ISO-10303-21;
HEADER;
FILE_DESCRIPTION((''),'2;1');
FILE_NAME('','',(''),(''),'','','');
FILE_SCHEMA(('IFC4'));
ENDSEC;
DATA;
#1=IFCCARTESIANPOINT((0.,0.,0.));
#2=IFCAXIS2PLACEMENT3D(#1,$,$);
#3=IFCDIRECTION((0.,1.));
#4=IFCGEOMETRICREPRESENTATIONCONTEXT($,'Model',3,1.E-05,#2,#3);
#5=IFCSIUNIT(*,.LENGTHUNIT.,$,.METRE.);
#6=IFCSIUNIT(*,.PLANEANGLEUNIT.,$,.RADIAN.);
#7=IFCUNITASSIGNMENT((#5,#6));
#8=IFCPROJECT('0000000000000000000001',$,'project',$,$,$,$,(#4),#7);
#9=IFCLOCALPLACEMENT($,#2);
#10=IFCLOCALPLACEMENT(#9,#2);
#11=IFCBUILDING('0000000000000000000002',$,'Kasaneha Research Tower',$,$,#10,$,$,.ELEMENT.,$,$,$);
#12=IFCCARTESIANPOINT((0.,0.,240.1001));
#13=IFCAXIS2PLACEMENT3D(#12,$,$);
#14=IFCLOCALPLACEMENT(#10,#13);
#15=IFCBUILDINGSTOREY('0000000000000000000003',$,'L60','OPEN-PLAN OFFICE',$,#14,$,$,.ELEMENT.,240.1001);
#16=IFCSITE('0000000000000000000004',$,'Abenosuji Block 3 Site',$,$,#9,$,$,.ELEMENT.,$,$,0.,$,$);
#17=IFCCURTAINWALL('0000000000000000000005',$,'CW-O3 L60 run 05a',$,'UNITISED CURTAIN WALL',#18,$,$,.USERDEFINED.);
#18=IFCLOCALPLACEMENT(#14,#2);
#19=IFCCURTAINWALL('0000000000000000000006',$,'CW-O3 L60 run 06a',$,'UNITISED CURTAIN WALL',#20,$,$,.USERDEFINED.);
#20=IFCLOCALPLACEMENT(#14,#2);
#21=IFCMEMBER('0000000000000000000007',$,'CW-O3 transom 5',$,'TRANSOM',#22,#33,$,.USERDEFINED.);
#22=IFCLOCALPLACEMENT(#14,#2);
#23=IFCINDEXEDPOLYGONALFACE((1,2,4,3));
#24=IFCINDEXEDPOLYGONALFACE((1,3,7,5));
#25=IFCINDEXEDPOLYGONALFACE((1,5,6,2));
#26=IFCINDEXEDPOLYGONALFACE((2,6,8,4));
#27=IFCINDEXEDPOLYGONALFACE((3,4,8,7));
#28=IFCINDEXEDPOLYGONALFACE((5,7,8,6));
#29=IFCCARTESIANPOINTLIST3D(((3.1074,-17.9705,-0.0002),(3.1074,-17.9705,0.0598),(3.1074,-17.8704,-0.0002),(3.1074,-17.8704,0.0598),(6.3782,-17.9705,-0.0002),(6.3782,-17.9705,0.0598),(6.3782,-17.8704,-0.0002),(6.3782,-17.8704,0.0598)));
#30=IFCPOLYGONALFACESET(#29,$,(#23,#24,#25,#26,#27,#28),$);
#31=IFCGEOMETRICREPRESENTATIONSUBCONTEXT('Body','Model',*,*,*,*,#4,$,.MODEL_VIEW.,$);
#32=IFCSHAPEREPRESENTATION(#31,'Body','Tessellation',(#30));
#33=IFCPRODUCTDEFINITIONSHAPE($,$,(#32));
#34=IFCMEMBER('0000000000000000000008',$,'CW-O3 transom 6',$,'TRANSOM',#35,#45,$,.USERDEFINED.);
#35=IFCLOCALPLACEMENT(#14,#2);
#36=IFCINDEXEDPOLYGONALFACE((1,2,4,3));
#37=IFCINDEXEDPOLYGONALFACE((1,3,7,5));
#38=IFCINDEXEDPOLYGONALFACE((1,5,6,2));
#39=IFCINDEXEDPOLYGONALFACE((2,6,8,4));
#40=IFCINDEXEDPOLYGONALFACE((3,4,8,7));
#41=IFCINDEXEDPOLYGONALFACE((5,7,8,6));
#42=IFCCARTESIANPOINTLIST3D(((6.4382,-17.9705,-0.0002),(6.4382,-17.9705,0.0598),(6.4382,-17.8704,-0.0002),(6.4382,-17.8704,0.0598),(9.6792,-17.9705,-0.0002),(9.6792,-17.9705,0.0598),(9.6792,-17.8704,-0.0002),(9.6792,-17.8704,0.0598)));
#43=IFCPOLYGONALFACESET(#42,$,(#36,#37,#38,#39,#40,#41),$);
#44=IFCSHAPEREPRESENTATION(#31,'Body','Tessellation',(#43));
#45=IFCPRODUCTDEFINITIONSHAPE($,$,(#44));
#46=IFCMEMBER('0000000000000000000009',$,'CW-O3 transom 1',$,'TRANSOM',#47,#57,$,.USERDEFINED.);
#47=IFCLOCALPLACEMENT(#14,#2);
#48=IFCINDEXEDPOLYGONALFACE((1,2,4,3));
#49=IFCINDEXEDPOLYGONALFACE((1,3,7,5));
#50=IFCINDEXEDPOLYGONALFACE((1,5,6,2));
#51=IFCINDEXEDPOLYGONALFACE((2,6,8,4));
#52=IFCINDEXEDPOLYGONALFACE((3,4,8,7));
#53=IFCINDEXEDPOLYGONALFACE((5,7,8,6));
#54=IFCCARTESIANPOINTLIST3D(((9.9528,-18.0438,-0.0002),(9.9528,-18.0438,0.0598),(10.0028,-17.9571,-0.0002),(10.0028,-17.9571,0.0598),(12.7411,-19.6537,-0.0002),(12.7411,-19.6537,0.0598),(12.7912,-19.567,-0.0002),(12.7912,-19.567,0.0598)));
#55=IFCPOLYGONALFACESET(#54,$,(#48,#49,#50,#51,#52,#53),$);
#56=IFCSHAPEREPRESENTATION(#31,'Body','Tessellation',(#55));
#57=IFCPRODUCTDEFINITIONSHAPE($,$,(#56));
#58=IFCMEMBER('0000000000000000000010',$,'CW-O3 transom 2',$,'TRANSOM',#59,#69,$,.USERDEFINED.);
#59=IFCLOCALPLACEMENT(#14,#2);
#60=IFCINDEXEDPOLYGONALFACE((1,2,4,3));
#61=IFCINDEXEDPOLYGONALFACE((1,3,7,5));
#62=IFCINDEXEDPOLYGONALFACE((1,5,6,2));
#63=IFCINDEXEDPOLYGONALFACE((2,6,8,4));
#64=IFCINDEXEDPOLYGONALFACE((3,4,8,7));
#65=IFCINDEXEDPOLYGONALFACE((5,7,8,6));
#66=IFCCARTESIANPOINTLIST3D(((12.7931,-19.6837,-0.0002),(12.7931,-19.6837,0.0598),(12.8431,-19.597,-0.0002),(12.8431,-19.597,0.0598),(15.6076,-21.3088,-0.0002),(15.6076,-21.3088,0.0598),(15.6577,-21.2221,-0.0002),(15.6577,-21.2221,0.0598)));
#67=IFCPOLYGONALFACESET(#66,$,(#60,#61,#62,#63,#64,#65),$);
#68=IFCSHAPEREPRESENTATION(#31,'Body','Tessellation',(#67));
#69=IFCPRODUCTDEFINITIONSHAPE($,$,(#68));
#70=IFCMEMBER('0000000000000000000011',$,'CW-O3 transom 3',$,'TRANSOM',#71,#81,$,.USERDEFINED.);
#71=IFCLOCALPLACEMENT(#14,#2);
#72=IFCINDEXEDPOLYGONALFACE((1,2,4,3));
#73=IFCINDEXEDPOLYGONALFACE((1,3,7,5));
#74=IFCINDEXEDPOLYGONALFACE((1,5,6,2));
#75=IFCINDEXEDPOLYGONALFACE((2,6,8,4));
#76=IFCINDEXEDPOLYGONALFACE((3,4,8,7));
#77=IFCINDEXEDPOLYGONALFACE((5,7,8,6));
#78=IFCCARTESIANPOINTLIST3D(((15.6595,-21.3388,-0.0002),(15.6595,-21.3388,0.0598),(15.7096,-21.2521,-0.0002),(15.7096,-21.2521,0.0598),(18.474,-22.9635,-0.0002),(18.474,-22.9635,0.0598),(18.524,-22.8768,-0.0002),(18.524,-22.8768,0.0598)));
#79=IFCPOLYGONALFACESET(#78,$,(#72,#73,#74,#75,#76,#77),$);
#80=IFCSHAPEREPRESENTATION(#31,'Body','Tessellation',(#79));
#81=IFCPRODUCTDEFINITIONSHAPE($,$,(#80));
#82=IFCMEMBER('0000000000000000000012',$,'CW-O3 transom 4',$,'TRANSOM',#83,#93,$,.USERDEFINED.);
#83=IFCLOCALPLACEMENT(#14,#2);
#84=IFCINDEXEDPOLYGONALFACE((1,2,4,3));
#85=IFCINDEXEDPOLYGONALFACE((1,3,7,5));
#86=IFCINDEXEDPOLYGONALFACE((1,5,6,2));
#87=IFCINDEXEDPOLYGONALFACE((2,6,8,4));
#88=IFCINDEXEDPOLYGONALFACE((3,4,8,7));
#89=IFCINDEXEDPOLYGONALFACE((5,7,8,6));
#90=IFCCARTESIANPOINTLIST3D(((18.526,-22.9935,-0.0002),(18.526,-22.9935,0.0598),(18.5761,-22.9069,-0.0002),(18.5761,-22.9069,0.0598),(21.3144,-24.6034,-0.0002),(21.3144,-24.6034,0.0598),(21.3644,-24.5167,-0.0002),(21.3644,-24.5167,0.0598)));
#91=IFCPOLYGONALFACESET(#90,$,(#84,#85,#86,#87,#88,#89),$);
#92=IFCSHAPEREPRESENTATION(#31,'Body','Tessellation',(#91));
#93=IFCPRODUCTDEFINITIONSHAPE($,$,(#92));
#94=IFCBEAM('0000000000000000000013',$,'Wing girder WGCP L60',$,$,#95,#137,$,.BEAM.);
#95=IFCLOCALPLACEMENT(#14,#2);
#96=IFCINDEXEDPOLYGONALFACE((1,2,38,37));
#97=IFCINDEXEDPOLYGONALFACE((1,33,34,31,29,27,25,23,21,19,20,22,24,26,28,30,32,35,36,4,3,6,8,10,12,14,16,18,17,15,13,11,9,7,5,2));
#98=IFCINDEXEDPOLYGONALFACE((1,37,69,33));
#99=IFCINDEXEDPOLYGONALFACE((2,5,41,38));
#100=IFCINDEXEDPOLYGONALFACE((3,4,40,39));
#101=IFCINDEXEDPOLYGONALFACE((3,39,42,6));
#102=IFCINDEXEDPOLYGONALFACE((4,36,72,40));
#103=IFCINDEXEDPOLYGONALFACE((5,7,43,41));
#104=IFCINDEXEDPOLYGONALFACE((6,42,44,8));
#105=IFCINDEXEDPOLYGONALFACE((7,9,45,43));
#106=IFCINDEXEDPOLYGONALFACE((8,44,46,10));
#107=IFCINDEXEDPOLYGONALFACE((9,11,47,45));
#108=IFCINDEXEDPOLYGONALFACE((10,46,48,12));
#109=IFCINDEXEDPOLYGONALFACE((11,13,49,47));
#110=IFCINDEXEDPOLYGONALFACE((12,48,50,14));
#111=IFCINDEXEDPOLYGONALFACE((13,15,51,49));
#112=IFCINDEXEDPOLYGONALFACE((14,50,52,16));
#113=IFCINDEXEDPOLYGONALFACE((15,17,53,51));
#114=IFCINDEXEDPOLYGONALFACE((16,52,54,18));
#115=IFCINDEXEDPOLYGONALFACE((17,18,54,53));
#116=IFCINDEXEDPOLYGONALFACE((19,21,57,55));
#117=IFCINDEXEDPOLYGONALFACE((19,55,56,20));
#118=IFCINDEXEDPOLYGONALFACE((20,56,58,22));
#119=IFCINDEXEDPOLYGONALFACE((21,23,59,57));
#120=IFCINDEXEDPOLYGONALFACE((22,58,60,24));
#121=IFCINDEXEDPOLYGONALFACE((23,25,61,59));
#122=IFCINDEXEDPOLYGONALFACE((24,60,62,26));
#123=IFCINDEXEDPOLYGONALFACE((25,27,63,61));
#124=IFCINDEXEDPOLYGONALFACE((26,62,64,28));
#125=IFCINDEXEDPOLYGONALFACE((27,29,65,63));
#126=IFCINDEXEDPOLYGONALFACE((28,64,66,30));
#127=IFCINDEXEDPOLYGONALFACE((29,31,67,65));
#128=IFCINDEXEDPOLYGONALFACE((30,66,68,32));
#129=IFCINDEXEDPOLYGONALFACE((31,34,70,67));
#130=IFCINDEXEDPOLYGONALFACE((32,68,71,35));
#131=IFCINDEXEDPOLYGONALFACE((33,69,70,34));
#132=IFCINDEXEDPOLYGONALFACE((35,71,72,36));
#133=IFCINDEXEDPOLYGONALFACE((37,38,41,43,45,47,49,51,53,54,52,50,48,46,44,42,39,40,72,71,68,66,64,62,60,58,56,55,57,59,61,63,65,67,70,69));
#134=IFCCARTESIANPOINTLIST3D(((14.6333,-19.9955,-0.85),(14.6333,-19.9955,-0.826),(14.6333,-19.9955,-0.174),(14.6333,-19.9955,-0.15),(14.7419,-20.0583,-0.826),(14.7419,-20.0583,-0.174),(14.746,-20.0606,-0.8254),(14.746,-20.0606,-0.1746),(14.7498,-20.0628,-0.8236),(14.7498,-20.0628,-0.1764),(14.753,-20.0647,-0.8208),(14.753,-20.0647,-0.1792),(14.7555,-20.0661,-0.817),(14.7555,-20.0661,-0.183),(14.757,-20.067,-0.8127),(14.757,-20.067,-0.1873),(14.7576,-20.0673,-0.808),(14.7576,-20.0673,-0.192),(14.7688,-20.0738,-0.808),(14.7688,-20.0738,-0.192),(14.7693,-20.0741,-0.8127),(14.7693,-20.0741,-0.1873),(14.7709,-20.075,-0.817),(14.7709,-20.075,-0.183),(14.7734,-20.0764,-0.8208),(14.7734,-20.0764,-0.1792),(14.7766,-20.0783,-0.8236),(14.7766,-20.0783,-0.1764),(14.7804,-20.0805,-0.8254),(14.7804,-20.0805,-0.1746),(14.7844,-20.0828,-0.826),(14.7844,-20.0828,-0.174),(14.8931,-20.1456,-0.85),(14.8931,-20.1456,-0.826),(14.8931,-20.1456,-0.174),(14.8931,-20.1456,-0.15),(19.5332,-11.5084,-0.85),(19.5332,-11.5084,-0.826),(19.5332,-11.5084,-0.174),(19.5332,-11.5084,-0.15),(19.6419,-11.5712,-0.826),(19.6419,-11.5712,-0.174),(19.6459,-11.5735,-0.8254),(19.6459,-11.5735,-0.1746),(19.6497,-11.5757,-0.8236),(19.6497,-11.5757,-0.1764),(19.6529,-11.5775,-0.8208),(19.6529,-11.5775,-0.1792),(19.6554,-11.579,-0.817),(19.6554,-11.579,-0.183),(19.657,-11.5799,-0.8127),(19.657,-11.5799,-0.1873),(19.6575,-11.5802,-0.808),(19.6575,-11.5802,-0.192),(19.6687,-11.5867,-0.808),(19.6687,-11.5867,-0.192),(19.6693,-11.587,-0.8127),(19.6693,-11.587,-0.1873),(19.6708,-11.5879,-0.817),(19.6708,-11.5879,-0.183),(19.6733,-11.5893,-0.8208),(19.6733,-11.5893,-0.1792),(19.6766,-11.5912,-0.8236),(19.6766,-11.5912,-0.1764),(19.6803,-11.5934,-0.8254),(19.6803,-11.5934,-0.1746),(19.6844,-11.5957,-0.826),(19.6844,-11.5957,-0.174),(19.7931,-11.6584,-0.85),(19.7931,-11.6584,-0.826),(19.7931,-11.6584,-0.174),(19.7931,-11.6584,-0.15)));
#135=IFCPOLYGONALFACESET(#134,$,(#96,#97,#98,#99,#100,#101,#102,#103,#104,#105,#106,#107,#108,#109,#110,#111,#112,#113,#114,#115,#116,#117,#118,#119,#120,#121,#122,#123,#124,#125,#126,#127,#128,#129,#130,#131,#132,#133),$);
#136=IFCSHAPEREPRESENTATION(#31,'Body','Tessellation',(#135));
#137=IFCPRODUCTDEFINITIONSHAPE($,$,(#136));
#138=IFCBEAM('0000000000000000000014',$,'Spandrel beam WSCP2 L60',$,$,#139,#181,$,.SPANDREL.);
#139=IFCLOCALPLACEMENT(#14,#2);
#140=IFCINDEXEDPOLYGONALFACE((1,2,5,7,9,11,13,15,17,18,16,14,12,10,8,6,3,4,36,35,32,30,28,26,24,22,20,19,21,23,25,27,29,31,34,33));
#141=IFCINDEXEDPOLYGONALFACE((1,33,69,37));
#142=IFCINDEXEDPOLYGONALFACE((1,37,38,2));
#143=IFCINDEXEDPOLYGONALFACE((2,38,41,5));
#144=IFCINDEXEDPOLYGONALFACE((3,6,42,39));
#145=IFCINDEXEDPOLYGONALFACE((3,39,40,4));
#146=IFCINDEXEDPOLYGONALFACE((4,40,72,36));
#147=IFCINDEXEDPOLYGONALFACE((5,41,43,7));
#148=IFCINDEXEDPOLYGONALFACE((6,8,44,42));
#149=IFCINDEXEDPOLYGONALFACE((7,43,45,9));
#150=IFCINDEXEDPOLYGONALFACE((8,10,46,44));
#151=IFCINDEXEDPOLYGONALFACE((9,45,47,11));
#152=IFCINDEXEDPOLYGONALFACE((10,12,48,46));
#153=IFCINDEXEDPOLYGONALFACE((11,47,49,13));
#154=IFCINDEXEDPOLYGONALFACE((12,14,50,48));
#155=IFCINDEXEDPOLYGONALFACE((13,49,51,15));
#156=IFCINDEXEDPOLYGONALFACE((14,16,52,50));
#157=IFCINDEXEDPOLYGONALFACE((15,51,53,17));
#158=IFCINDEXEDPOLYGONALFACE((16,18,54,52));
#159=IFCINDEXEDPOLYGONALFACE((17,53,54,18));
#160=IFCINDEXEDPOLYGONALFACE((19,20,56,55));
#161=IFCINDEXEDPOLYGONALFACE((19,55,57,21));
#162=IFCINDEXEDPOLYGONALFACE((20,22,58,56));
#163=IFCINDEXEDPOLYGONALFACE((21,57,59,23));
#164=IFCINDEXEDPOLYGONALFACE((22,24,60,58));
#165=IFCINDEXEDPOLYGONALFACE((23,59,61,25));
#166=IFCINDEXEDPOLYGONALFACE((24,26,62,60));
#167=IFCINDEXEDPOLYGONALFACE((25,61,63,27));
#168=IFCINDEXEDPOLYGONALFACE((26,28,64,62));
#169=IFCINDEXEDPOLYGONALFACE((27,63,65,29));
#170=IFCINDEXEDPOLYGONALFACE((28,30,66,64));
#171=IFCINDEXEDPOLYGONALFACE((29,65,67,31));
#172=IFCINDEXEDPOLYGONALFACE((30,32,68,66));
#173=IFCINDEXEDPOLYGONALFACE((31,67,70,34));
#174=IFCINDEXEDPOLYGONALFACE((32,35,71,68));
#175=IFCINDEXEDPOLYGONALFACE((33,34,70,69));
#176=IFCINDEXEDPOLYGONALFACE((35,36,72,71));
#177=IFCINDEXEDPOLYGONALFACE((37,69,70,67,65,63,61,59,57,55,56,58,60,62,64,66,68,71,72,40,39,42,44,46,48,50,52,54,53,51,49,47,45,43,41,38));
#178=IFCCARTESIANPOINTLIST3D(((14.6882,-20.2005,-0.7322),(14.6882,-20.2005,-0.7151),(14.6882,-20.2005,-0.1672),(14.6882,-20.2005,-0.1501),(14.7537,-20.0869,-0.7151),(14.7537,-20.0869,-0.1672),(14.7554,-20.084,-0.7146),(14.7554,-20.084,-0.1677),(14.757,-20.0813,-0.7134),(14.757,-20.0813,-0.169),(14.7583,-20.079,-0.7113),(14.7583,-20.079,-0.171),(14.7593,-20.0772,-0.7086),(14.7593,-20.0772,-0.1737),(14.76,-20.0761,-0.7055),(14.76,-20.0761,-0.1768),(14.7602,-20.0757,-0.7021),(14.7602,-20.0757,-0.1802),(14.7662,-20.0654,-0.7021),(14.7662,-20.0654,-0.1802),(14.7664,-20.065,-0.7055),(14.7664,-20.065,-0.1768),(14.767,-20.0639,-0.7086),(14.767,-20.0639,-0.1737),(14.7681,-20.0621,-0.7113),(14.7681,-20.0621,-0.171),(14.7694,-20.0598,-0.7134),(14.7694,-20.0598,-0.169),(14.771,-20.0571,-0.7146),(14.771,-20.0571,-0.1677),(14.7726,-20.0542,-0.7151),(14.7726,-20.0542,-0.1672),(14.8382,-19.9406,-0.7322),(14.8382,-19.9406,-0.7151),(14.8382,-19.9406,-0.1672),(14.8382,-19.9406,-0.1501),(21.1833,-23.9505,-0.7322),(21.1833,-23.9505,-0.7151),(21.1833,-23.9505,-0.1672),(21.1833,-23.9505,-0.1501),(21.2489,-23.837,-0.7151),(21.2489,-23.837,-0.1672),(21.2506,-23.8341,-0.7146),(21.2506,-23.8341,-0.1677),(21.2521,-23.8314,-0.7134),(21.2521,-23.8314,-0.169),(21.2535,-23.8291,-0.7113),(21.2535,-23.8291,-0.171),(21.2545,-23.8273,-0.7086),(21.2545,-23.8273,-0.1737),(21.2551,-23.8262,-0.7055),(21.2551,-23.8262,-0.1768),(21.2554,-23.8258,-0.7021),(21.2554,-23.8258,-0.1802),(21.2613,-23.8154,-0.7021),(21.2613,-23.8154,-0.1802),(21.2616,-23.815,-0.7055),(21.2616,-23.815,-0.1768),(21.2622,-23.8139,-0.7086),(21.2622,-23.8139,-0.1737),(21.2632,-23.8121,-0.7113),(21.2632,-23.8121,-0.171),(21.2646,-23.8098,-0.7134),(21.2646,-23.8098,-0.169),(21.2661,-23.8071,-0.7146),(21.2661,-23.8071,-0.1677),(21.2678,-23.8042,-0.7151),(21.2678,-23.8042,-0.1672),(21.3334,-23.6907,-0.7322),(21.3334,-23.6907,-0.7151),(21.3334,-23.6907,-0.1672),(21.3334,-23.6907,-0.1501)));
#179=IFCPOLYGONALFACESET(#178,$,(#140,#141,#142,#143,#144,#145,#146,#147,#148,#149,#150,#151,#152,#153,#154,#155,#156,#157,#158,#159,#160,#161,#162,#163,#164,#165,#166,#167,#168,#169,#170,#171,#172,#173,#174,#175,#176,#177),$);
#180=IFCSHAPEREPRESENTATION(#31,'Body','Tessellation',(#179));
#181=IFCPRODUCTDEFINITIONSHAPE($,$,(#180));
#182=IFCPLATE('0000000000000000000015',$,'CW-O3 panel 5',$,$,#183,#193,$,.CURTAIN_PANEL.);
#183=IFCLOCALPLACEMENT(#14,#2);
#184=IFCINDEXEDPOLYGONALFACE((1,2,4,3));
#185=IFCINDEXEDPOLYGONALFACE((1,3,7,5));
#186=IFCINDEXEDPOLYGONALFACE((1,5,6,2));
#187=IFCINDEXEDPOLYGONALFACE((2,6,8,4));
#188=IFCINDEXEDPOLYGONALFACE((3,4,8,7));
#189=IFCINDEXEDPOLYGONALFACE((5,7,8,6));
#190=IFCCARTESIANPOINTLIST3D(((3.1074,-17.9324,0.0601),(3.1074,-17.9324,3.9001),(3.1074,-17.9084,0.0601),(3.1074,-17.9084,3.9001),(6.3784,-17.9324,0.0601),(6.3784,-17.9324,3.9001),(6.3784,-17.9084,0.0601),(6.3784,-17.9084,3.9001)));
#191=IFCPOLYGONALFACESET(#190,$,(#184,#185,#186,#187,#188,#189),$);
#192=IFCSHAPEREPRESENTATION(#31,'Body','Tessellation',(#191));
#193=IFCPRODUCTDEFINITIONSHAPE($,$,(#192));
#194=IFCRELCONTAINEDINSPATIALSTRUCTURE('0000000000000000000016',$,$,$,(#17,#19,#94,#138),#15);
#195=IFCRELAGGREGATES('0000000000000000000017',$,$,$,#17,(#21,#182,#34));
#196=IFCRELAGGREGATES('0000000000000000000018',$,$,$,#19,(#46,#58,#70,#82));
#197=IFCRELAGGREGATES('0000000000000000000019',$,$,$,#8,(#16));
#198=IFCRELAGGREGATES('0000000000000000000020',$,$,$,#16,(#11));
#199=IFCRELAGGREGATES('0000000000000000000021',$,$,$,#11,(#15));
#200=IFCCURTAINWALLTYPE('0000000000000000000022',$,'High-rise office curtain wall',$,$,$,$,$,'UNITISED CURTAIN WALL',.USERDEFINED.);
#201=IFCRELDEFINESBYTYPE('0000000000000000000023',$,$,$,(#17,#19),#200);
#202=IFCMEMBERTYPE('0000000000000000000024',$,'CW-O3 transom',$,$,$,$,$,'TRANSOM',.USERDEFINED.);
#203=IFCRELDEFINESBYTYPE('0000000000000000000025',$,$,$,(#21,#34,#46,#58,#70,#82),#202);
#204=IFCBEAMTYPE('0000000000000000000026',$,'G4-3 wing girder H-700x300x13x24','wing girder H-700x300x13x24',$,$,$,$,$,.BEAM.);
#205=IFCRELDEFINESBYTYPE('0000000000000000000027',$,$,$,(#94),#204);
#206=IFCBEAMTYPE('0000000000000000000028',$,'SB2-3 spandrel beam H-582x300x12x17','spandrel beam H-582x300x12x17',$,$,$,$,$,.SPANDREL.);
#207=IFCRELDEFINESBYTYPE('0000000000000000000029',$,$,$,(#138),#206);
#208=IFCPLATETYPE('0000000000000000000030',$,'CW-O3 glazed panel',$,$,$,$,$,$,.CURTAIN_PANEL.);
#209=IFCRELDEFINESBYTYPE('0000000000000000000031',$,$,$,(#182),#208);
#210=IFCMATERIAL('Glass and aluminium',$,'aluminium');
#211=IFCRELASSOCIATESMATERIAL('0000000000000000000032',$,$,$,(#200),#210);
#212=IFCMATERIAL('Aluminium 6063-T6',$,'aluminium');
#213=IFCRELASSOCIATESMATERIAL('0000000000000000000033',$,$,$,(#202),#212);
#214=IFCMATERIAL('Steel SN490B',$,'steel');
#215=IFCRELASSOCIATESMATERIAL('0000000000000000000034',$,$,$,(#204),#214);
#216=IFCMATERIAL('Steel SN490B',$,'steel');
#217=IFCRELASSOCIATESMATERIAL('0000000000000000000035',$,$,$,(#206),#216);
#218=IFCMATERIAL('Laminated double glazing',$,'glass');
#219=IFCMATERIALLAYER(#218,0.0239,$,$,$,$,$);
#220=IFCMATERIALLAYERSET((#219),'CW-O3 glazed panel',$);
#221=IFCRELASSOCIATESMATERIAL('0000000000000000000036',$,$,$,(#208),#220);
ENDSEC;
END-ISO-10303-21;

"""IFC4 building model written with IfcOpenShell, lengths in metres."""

from ifc_helpers import new_model, si_unit, direction, frame, origin, origin_2d, place, context, subcontext, project, spatial, rectangle, i_section, extrude, material, layer, layer_set, material_profile, profile_set, type_object, element, aggregate, save


model = new_model("IFC4")

# Units and contexts
model_context = context("Model", 3, precision=1e-05, world=origin(), true_north=direction((0.0, 1.0)))
body_context = subcontext(model_context, "Body", "Model", "MODEL_VIEW")
ifc_project = project(units=[si_unit("LENGTHUNIT", "METRE"), si_unit("PLANEANGLEUNIT", "RADIAN")], contexts=[model_context])

# Site, building, storey
site_placement = place(None, origin())
site = spatial("IfcSite", under=ifc_project, at=site_placement, Name="Abenosuji Block 3 Site", CompositionType="ELEMENT", RefElevation=0.0)
building_placement = place(site_placement, origin())
building = spatial("IfcBuilding", under=site, at=building_placement, Name="Kasaneha Research Tower", CompositionType="ELEMENT")
storey_placement = place(building_placement, frame((0.0, 0.0, 240.1001)))
storey = spatial("IfcBuildingStorey", under=building, at=storey_placement, Name="L60", Description="OPEN-PLAN OFFICE", CompositionType="ELEMENT", Elevation=240.1001)

# Curtain walls
ifc_material_1 = material(Name="Glass and aluminium", Category="aluminium")
curtain_wall_type = type_object("IfcCurtainWallType", Name="High-rise office curtain wall", ElementType="UNITISED CURTAIN WALL", PredefinedType="USERDEFINED", material=ifc_material_1)
curtain_wall_1_placement = place(storey_placement, origin())
curtain_wall_1 = element("IfcCurtainWall", 1, at=curtain_wall_1_placement, inside=storey, type_object=curtain_wall_type, Name="CW-O3 L60 run 05a", ObjectType="UNITISED CURTAIN WALL", PredefinedType="USERDEFINED")
curtain_wall_2_placement = place(storey_placement, origin())
curtain_wall_2 = element("IfcCurtainWall", 2, at=curtain_wall_2_placement, inside=storey, type_object=curtain_wall_type, Name="CW-O3 L60 run 06a", ObjectType="UNITISED CURTAIN WALL", PredefinedType="USERDEFINED")

# Members
ifc_material_2 = material(Name="Aluminium 6063-T6", Category="aluminium")
ifc_material_profile_1 = material_profile(ifc_material_2, rectangle(XDim=0.1001, YDim=0.0601, at=origin_2d()), Name="CW-O3 transom 100x60")
ifc_profile_set_1 = profile_set([ifc_material_profile_1], Name="Aluminium 6063-T6")
member_type_1 = type_object("IfcMemberType", Name="CW-O3 transom", ElementType="TRANSOM", PredefinedType="USERDEFINED", material=ifc_profile_set_1)
member_1_placement = place(storey_placement, frame((3.1074, -17.9204, 0.0298), z_axis=(1.0, 0.0, 0.0), x_axis=(0.0, 1.0, 0.0)))
member_1 = element("IfcMember", 3, at=member_1_placement, type_object=member_type_1, Name="CW-O3 transom 5", ObjectType="TRANSOM", PredefinedType="USERDEFINED", context=body_context, shape_type="SweptSolid", body=[
    extrude(rectangle(XDim=0.1001, YDim=0.0601, at=origin_2d()), origin(), (0.0, 0.0, 1.0), 3.2708),
])
member_2_placement = place(storey_placement, frame((6.4382, -17.9204, 0.0298), z_axis=(1.0, 0.0, 0.0), x_axis=(0.0, 1.0, 0.0)))
member_2 = element("IfcMember", 4, at=member_2_placement, type_object=member_type_1, Name="CW-O3 transom 6", ObjectType="TRANSOM", PredefinedType="USERDEFINED", context=body_context, shape_type="SweptSolid", body=[
    extrude(rectangle(XDim=0.1001, YDim=0.0601, at=origin_2d()), origin(), (0.0, 0.0, 1.0), 3.241),
])
member_3_placement = place(storey_placement, frame((9.9778, -18.0005, 0.0298), z_axis=(0.866023, -0.500005, 0.0), x_axis=(0.500005, 0.866023, 0.0)))
member_3 = element("IfcMember", 5, at=member_3_placement, type_object=member_type_1, Name="CW-O3 transom 1", ObjectType="TRANSOM", PredefinedType="USERDEFINED", context=body_context, shape_type="SweptSolid", body=[
    extrude(rectangle(XDim=0.1001, YDim=0.0601, at=origin_2d()), origin(), (0.0, 0.0, 1.0), 3.2197),
])
member_4_placement = place(storey_placement, frame((12.8181, -19.6404, 0.0298), z_axis=(0.866015, -0.500017, 0.0), x_axis=(0.500017, 0.866015, 0.0)))
member_4 = element("IfcMember", 6, at=member_4_placement, type_object=member_type_1, Name="CW-O3 transom 2", ObjectType="TRANSOM", PredefinedType="USERDEFINED", context=body_context, shape_type="SweptSolid", body=[
    extrude(rectangle(XDim=0.1001, YDim=0.0601, at=origin_2d()), origin(), (0.0, 0.0, 1.0), 3.25),
])
member_5_placement = place(storey_placement, frame((15.6846, -21.2954, 0.0298), z_axis=(0.866048, -0.499961, 0.0), x_axis=(0.499961, 0.866048, 0.0)))
member_5 = element("IfcMember", 7, at=member_5_placement, type_object=member_type_1, Name="CW-O3 transom 3", ObjectType="TRANSOM", PredefinedType="USERDEFINED", context=body_context, shape_type="SweptSolid", body=[
    extrude(rectangle(XDim=0.1001, YDim=0.0601, at=origin_2d()), origin(), (0.0, 0.0, 1.0), 3.2498),
])
member_6_placement = place(storey_placement, frame((18.551, -22.9502, 0.0298), z_axis=(0.866023, -0.500005, 0.0), x_axis=(0.500005, 0.866023, 0.0)))
member_6 = element("IfcMember", 8, at=member_6_placement, type_object=member_type_1, Name="CW-O3 transom 4", ObjectType="TRANSOM", PredefinedType="USERDEFINED", context=body_context, shape_type="SweptSolid", body=[
    extrude(rectangle(XDim=0.1001, YDim=0.0601, at=origin_2d()), origin(), (0.0, 0.0, 1.0), 3.2197),
])

# Beams
ifc_material_3 = material(Name="Steel SN490B", Category="steel")
ifc_material_profile_2 = material_profile(ifc_material_3, i_section(OverallWidth=0.3, OverallDepth=0.7, WebThickness=0.0129, FlangeThickness=0.0239, FilletRadius=0.0181, at=origin_2d()), Name="H-700x300x13x24")
ifc_profile_set_2 = profile_set([ifc_material_profile_2], Name="Steel SN490B")
beam_type_1 = type_object("IfcBeamType", Name="G4-3 wing girder H-700x300x13x24", Description="wing girder H-700x300x13x24", PredefinedType="BEAM", material=ifc_profile_set_2)
beam_1_placement = place(storey_placement, frame((14.7632, -20.0706, -0.5), z_axis=(0.499992, 0.86603, 0.0), x_axis=(-0.86603, 0.499992, 0.0)))
element("IfcBeam", 9, at=beam_1_placement, inside=storey, type_object=beam_type_1, Name="Wing girder WGCP L60", PredefinedType="BEAM", context=body_context, shape_type="SweptSolid", body=[
    extrude(i_section(OverallWidth=0.3, OverallDepth=0.7, WebThickness=0.0129, FlangeThickness=0.0239, FilletRadius=0.0181, at=origin_2d()), origin(), (0.0, 0.0, 1.0), 9.8),
])
ifc_material_4 = material(Name="Steel SN490B", Category="steel")
ifc_material_profile_3 = material_profile(ifc_material_4, i_section(OverallWidth=0.3, OverallDepth=0.582, WebThickness=0.012, FlangeThickness=0.0171, FilletRadius=0.0129, at=origin_2d()), Name="H-582x300x12x17")
ifc_profile_set_3 = profile_set([ifc_material_profile_3], Name="Steel SN490B")
beam_type_2 = type_object("IfcBeamType", Name="SB2-3 spandrel beam H-582x300x12x17", Description="spandrel beam H-582x300x12x17", PredefinedType="SPANDREL", material=ifc_profile_set_3)
beam_2_placement = place(storey_placement, frame((14.7632, -20.0706, -0.4412), z_axis=(0.866023, -0.500004, 0.0), x_axis=(0.500004, 0.866023, 0.0)))
element("IfcBeam", 10, at=beam_2_placement, inside=storey, type_object=beam_type_2, Name="Spandrel beam WSCP2 L60", PredefinedType="SPANDREL", context=body_context, shape_type="SweptSolid", body=[
    extrude(i_section(OverallWidth=0.3, OverallDepth=0.582, WebThickness=0.012, FlangeThickness=0.0171, FilletRadius=0.0129, at=origin_2d()), origin(), (0.0, 0.0, 1.0), 7.5),
])

# Plate
ifc_material_5 = material(Name="Laminated double glazing", Category="glass")
ifc_layer_1 = layer(ifc_material_5, 0.0239)
ifc_layer_set_1 = layer_set([ifc_layer_1], Name="CW-O3 glazed panel")
plate_type = type_object("IfcPlateType", Name="CW-O3 glazed panel", PredefinedType="CURTAIN_PANEL", material=ifc_layer_set_1)
plate_1_placement = place(storey_placement, frame((4.7429, -17.9204, 0.0601), z_axis=(0.0, 0.0, 1.0), x_axis=(1.0, 0.0, 0.0)))
plate_1 = element("IfcPlate", 11, at=plate_1_placement, type_object=plate_type, Name="CW-O3 panel 5", PredefinedType="CURTAIN_PANEL", context=body_context, shape_type="SweptSolid", body=[
    extrude(rectangle(XDim=3.271, YDim=0.0239, at=origin_2d()), origin(), (0.0, 0.0, 1.0), 3.8401),
])
aggregate(curtain_wall_1, [member_1, plate_1, member_2])
aggregate(curtain_wall_2, [member_3, member_4, member_5, member_6])

save(model, "model.ifc")
